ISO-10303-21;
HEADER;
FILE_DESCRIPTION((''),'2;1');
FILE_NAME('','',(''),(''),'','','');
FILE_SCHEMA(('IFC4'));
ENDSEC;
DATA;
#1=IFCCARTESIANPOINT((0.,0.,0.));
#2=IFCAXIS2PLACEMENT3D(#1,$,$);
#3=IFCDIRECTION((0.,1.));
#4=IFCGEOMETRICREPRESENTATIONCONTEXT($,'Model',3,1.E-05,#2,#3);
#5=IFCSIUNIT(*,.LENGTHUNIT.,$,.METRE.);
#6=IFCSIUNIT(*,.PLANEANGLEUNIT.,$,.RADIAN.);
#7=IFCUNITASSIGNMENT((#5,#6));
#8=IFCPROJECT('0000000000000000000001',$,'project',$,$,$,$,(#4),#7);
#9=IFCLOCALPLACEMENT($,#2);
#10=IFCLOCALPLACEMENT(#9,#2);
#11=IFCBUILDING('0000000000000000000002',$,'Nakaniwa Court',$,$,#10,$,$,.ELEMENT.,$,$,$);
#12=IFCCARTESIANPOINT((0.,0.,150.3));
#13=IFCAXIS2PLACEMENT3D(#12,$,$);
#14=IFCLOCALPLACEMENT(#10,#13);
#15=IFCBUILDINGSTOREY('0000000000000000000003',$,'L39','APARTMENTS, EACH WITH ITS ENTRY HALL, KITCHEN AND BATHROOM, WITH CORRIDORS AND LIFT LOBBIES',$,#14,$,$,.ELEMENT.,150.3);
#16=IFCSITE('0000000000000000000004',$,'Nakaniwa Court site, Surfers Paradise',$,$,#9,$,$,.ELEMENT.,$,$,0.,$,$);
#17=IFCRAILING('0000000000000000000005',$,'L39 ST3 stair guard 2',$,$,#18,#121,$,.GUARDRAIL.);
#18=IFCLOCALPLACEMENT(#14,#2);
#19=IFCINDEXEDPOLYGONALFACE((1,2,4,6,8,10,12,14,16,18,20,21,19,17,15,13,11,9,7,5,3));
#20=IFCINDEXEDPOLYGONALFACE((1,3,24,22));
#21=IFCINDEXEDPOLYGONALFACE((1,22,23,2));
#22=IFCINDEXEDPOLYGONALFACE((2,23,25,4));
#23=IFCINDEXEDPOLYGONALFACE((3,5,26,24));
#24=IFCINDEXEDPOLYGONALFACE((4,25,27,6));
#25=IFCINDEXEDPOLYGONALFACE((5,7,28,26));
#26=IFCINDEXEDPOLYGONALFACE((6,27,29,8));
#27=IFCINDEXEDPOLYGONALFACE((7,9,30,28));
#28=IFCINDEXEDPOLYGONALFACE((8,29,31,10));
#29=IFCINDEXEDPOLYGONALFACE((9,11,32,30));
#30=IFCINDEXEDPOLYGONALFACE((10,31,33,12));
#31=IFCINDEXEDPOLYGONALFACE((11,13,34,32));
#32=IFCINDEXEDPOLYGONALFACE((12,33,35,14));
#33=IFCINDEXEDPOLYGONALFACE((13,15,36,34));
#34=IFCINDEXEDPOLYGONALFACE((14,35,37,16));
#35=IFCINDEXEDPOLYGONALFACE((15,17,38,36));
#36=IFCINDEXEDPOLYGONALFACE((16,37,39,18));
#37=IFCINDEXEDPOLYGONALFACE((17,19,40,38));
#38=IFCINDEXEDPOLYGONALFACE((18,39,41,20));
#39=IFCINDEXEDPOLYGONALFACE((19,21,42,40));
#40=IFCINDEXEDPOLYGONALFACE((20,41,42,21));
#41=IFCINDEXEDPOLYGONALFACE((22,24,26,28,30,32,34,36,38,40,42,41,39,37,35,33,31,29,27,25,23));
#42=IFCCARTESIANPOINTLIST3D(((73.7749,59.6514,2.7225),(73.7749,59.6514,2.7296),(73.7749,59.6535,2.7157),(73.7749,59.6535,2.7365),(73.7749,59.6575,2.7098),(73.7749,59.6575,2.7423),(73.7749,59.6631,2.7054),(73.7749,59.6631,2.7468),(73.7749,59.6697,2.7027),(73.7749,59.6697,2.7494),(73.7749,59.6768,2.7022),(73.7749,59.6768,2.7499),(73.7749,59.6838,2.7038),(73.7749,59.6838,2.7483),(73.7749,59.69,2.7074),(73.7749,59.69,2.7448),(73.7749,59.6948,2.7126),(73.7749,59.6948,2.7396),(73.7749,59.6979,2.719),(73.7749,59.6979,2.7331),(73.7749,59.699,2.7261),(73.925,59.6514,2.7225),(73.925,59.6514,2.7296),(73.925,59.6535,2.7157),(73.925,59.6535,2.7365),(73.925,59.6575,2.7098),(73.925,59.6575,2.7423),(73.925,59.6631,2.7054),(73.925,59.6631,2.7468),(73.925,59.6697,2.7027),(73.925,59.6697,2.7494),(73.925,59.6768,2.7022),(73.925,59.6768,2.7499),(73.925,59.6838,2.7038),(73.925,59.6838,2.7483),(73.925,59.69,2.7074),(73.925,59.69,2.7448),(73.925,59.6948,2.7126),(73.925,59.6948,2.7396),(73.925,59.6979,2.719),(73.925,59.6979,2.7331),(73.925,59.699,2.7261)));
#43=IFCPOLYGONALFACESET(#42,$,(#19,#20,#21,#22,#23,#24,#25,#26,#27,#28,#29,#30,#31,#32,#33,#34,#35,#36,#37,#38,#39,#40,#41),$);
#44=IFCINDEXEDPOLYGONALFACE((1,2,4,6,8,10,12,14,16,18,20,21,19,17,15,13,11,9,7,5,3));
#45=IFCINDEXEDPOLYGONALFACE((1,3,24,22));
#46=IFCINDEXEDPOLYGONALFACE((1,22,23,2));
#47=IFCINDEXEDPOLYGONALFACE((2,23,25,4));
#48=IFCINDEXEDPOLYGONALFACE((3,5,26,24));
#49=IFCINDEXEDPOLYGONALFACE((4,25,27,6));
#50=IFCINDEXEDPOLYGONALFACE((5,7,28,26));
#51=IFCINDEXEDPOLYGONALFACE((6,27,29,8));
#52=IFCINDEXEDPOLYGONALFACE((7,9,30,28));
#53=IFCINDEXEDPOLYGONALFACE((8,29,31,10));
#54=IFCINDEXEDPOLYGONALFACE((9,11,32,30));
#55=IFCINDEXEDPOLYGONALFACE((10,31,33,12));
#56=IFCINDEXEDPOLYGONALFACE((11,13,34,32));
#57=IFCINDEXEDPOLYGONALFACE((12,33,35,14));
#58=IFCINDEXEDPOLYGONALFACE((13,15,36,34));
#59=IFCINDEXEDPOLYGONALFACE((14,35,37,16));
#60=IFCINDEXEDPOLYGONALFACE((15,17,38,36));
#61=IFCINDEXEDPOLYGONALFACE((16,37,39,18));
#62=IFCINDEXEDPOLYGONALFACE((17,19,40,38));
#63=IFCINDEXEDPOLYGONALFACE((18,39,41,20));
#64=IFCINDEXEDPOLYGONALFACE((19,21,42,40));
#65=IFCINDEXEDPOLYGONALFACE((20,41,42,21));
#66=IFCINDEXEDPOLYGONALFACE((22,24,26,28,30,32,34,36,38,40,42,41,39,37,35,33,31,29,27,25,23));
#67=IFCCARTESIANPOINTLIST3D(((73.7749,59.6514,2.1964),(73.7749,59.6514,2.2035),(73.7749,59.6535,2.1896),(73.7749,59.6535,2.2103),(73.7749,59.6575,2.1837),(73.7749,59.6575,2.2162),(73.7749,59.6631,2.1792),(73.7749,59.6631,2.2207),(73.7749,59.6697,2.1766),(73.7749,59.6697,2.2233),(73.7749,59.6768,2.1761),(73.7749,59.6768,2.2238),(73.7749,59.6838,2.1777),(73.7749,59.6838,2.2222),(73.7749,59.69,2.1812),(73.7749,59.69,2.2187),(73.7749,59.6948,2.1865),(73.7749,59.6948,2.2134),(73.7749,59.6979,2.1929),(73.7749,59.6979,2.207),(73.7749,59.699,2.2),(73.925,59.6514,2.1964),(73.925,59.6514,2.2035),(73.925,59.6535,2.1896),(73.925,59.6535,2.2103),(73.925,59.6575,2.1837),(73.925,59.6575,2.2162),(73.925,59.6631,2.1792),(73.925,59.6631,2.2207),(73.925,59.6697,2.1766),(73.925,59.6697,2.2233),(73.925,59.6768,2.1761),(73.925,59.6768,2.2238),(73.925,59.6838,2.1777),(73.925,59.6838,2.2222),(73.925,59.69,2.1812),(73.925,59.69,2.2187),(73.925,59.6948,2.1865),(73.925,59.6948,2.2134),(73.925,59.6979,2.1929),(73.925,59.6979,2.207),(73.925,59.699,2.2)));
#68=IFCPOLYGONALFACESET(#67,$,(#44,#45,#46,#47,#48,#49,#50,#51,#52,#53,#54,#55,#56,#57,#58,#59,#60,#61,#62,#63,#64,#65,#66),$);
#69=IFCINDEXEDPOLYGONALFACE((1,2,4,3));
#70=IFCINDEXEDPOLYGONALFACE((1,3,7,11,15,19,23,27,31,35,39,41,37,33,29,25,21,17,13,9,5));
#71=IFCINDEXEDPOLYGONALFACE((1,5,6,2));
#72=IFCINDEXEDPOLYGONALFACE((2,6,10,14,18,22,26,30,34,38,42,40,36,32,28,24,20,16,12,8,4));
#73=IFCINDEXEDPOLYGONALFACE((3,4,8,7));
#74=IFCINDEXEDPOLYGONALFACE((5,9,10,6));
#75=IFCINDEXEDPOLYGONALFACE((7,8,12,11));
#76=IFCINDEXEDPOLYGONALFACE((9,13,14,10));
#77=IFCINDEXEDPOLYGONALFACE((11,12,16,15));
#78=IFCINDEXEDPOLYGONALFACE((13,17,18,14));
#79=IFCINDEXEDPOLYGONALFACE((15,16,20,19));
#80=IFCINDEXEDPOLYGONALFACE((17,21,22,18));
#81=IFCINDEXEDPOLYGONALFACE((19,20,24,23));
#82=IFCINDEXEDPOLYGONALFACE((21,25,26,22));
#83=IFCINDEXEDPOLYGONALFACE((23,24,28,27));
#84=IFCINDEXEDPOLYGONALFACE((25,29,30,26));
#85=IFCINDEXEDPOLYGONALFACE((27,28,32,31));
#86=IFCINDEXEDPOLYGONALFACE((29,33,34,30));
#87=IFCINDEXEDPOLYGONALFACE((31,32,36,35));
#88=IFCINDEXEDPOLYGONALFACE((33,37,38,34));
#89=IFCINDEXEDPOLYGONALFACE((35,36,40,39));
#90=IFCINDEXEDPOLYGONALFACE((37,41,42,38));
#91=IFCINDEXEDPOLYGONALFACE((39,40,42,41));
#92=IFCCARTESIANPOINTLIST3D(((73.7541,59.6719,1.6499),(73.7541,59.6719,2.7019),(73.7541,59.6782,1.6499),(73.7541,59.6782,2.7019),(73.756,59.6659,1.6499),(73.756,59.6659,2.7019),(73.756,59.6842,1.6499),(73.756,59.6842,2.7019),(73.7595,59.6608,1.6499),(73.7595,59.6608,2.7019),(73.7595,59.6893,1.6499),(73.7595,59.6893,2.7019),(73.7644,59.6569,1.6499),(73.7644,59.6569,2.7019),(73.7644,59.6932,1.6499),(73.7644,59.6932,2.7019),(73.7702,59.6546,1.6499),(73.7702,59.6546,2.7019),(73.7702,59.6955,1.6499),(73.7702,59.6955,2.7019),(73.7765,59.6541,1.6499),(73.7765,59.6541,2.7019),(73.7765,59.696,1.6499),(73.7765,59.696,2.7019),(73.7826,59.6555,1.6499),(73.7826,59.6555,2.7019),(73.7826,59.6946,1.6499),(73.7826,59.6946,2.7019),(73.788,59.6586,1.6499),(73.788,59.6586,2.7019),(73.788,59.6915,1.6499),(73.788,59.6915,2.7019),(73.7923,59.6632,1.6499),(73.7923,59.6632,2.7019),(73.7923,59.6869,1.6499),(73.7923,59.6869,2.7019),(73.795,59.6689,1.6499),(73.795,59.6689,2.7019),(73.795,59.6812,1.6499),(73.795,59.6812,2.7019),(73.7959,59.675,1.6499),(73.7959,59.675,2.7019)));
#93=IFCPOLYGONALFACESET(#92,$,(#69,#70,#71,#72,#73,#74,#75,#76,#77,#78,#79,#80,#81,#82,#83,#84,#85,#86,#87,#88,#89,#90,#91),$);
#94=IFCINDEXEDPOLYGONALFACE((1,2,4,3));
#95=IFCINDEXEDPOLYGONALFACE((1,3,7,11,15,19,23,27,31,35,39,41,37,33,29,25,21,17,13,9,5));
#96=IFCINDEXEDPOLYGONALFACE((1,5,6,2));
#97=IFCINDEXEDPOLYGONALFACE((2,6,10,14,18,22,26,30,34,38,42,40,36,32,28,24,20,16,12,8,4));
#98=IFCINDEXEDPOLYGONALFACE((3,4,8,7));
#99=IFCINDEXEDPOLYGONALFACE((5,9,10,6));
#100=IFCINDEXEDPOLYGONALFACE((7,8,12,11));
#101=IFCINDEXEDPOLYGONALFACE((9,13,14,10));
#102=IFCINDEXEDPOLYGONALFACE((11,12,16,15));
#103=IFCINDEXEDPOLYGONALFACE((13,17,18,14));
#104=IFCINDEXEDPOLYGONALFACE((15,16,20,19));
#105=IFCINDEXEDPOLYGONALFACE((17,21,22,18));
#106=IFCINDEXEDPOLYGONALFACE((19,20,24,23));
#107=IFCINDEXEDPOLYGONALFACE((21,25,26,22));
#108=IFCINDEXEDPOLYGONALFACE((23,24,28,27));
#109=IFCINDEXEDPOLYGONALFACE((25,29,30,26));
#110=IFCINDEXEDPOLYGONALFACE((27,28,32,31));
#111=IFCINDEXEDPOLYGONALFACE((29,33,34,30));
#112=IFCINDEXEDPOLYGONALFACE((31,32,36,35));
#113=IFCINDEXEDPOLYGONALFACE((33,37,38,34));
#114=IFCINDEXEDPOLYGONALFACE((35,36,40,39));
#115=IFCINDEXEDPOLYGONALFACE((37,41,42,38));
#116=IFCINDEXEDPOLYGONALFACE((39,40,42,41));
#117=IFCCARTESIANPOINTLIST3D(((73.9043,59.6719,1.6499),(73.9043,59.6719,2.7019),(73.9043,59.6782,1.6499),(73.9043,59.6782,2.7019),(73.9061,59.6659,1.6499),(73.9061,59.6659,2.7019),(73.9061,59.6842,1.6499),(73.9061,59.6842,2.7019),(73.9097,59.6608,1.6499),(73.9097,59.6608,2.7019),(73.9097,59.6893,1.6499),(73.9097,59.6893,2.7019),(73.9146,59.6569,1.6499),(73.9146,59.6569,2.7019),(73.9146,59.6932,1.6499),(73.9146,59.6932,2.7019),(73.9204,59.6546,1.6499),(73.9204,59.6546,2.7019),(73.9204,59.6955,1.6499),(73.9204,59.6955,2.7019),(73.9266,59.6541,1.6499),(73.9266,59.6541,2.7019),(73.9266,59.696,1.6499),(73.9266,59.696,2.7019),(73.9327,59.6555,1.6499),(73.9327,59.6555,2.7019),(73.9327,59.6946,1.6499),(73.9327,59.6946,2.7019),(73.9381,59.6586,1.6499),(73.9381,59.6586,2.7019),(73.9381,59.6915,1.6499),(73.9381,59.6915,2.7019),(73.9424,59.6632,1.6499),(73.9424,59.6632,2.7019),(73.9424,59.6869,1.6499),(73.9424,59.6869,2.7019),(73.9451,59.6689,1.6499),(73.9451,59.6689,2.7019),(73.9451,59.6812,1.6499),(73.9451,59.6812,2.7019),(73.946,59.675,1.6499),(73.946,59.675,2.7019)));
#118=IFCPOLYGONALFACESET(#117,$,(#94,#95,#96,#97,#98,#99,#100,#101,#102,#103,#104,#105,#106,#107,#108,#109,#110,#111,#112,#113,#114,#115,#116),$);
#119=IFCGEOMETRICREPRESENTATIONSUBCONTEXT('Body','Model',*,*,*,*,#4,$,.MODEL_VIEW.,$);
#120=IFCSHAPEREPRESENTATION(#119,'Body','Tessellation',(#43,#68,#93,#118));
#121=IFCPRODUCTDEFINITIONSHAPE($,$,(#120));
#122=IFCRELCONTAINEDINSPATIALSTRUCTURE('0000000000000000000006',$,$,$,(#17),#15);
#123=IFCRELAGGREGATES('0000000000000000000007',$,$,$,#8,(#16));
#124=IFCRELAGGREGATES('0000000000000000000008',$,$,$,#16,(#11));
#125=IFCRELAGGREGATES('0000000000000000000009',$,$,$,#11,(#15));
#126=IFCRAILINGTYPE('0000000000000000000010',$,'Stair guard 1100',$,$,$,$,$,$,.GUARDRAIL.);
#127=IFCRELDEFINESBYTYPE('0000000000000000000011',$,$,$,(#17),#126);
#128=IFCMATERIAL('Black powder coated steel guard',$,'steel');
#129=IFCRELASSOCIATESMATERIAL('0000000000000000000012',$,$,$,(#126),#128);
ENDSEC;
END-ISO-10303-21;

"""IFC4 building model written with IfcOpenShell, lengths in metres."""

from ifc_helpers import new_model, si_unit, direction, frame, origin, origin_2d, place, context, subcontext, project, spatial, circle, extrude, material, type_object, element, save


model = new_model("IFC4")

# Units and contexts
model_context = context("Model", 3, precision=1e-05, world=origin(), true_north=direction((0.0, 1.0)))
body_context = subcontext(model_context, "Body", "Model", "MODEL_VIEW")
ifc_project = project(units=[si_unit("LENGTHUNIT", "METRE"), si_unit("PLANEANGLEUNIT", "RADIAN")], contexts=[model_context])

# Site, building, storey
site_placement = place(None, origin())
site = spatial("IfcSite", under=ifc_project, at=site_placement, Name="Nakaniwa Court site, Surfers Paradise", CompositionType="ELEMENT", RefElevation=0.0)
building_placement = place(site_placement, origin())
building = spatial("IfcBuilding", under=site, at=building_placement, Name="Nakaniwa Court", CompositionType="ELEMENT")
storey_placement = place(building_placement, frame((0.0, 0.0, 150.3)))
storey = spatial("IfcBuildingStorey", under=building, at=storey_placement, Name="L39", Description="APARTMENTS, EACH WITH ITS ENTRY HALL, KITCHEN AND BATHROOM, WITH CORRIDORS AND LIFT LOBBIES", CompositionType="ELEMENT", Elevation=150.3)

# Railing
ifc_material_1 = material(Name="Black powder coated steel guard", Category="steel")
railing_type_1 = type_object("IfcRailingType", Name="Stair guard 1100", PredefinedType="GUARDRAIL", material=ifc_material_1)
railing_1_placement = place(storey_placement, frame((73.7749, 59.675, 1.6499)))
element("IfcRailing", 1, at=railing_1_placement, inside=storey, type_object=railing_type_1, Name="L39 ST3 stair guard 2", PredefinedType="GUARDRAIL", context=body_context, shape_type="SweptSolid", body=[
    extrude(circle(Radius=0.0239, at=origin_2d()), frame((0.0, 0.0, 1.0762), z_axis=(1.0, 0.0, 0.0), x_axis=(0.0, 1.0, 0.0)), (0.0, 0.0, 1.0), 0.1501),
    extrude(circle(Radius=0.0239, at=origin_2d()), frame((0.0, 0.0, 0.55), z_axis=(1.0, 0.0, 0.0), x_axis=(0.0, 1.0, 0.0)), (0.0, 0.0, 1.0), 0.1501),
    extrude(circle(Radius=0.021, at=origin_2d()), origin(), (0.0, 0.0, 1.0), 1.052),
    extrude(circle(Radius=0.021, at=origin_2d()), frame((0.1501, 0.0, 0.0)), (0.0, 0.0, 1.0), 1.052),
])

save(model, "model.ifc")
